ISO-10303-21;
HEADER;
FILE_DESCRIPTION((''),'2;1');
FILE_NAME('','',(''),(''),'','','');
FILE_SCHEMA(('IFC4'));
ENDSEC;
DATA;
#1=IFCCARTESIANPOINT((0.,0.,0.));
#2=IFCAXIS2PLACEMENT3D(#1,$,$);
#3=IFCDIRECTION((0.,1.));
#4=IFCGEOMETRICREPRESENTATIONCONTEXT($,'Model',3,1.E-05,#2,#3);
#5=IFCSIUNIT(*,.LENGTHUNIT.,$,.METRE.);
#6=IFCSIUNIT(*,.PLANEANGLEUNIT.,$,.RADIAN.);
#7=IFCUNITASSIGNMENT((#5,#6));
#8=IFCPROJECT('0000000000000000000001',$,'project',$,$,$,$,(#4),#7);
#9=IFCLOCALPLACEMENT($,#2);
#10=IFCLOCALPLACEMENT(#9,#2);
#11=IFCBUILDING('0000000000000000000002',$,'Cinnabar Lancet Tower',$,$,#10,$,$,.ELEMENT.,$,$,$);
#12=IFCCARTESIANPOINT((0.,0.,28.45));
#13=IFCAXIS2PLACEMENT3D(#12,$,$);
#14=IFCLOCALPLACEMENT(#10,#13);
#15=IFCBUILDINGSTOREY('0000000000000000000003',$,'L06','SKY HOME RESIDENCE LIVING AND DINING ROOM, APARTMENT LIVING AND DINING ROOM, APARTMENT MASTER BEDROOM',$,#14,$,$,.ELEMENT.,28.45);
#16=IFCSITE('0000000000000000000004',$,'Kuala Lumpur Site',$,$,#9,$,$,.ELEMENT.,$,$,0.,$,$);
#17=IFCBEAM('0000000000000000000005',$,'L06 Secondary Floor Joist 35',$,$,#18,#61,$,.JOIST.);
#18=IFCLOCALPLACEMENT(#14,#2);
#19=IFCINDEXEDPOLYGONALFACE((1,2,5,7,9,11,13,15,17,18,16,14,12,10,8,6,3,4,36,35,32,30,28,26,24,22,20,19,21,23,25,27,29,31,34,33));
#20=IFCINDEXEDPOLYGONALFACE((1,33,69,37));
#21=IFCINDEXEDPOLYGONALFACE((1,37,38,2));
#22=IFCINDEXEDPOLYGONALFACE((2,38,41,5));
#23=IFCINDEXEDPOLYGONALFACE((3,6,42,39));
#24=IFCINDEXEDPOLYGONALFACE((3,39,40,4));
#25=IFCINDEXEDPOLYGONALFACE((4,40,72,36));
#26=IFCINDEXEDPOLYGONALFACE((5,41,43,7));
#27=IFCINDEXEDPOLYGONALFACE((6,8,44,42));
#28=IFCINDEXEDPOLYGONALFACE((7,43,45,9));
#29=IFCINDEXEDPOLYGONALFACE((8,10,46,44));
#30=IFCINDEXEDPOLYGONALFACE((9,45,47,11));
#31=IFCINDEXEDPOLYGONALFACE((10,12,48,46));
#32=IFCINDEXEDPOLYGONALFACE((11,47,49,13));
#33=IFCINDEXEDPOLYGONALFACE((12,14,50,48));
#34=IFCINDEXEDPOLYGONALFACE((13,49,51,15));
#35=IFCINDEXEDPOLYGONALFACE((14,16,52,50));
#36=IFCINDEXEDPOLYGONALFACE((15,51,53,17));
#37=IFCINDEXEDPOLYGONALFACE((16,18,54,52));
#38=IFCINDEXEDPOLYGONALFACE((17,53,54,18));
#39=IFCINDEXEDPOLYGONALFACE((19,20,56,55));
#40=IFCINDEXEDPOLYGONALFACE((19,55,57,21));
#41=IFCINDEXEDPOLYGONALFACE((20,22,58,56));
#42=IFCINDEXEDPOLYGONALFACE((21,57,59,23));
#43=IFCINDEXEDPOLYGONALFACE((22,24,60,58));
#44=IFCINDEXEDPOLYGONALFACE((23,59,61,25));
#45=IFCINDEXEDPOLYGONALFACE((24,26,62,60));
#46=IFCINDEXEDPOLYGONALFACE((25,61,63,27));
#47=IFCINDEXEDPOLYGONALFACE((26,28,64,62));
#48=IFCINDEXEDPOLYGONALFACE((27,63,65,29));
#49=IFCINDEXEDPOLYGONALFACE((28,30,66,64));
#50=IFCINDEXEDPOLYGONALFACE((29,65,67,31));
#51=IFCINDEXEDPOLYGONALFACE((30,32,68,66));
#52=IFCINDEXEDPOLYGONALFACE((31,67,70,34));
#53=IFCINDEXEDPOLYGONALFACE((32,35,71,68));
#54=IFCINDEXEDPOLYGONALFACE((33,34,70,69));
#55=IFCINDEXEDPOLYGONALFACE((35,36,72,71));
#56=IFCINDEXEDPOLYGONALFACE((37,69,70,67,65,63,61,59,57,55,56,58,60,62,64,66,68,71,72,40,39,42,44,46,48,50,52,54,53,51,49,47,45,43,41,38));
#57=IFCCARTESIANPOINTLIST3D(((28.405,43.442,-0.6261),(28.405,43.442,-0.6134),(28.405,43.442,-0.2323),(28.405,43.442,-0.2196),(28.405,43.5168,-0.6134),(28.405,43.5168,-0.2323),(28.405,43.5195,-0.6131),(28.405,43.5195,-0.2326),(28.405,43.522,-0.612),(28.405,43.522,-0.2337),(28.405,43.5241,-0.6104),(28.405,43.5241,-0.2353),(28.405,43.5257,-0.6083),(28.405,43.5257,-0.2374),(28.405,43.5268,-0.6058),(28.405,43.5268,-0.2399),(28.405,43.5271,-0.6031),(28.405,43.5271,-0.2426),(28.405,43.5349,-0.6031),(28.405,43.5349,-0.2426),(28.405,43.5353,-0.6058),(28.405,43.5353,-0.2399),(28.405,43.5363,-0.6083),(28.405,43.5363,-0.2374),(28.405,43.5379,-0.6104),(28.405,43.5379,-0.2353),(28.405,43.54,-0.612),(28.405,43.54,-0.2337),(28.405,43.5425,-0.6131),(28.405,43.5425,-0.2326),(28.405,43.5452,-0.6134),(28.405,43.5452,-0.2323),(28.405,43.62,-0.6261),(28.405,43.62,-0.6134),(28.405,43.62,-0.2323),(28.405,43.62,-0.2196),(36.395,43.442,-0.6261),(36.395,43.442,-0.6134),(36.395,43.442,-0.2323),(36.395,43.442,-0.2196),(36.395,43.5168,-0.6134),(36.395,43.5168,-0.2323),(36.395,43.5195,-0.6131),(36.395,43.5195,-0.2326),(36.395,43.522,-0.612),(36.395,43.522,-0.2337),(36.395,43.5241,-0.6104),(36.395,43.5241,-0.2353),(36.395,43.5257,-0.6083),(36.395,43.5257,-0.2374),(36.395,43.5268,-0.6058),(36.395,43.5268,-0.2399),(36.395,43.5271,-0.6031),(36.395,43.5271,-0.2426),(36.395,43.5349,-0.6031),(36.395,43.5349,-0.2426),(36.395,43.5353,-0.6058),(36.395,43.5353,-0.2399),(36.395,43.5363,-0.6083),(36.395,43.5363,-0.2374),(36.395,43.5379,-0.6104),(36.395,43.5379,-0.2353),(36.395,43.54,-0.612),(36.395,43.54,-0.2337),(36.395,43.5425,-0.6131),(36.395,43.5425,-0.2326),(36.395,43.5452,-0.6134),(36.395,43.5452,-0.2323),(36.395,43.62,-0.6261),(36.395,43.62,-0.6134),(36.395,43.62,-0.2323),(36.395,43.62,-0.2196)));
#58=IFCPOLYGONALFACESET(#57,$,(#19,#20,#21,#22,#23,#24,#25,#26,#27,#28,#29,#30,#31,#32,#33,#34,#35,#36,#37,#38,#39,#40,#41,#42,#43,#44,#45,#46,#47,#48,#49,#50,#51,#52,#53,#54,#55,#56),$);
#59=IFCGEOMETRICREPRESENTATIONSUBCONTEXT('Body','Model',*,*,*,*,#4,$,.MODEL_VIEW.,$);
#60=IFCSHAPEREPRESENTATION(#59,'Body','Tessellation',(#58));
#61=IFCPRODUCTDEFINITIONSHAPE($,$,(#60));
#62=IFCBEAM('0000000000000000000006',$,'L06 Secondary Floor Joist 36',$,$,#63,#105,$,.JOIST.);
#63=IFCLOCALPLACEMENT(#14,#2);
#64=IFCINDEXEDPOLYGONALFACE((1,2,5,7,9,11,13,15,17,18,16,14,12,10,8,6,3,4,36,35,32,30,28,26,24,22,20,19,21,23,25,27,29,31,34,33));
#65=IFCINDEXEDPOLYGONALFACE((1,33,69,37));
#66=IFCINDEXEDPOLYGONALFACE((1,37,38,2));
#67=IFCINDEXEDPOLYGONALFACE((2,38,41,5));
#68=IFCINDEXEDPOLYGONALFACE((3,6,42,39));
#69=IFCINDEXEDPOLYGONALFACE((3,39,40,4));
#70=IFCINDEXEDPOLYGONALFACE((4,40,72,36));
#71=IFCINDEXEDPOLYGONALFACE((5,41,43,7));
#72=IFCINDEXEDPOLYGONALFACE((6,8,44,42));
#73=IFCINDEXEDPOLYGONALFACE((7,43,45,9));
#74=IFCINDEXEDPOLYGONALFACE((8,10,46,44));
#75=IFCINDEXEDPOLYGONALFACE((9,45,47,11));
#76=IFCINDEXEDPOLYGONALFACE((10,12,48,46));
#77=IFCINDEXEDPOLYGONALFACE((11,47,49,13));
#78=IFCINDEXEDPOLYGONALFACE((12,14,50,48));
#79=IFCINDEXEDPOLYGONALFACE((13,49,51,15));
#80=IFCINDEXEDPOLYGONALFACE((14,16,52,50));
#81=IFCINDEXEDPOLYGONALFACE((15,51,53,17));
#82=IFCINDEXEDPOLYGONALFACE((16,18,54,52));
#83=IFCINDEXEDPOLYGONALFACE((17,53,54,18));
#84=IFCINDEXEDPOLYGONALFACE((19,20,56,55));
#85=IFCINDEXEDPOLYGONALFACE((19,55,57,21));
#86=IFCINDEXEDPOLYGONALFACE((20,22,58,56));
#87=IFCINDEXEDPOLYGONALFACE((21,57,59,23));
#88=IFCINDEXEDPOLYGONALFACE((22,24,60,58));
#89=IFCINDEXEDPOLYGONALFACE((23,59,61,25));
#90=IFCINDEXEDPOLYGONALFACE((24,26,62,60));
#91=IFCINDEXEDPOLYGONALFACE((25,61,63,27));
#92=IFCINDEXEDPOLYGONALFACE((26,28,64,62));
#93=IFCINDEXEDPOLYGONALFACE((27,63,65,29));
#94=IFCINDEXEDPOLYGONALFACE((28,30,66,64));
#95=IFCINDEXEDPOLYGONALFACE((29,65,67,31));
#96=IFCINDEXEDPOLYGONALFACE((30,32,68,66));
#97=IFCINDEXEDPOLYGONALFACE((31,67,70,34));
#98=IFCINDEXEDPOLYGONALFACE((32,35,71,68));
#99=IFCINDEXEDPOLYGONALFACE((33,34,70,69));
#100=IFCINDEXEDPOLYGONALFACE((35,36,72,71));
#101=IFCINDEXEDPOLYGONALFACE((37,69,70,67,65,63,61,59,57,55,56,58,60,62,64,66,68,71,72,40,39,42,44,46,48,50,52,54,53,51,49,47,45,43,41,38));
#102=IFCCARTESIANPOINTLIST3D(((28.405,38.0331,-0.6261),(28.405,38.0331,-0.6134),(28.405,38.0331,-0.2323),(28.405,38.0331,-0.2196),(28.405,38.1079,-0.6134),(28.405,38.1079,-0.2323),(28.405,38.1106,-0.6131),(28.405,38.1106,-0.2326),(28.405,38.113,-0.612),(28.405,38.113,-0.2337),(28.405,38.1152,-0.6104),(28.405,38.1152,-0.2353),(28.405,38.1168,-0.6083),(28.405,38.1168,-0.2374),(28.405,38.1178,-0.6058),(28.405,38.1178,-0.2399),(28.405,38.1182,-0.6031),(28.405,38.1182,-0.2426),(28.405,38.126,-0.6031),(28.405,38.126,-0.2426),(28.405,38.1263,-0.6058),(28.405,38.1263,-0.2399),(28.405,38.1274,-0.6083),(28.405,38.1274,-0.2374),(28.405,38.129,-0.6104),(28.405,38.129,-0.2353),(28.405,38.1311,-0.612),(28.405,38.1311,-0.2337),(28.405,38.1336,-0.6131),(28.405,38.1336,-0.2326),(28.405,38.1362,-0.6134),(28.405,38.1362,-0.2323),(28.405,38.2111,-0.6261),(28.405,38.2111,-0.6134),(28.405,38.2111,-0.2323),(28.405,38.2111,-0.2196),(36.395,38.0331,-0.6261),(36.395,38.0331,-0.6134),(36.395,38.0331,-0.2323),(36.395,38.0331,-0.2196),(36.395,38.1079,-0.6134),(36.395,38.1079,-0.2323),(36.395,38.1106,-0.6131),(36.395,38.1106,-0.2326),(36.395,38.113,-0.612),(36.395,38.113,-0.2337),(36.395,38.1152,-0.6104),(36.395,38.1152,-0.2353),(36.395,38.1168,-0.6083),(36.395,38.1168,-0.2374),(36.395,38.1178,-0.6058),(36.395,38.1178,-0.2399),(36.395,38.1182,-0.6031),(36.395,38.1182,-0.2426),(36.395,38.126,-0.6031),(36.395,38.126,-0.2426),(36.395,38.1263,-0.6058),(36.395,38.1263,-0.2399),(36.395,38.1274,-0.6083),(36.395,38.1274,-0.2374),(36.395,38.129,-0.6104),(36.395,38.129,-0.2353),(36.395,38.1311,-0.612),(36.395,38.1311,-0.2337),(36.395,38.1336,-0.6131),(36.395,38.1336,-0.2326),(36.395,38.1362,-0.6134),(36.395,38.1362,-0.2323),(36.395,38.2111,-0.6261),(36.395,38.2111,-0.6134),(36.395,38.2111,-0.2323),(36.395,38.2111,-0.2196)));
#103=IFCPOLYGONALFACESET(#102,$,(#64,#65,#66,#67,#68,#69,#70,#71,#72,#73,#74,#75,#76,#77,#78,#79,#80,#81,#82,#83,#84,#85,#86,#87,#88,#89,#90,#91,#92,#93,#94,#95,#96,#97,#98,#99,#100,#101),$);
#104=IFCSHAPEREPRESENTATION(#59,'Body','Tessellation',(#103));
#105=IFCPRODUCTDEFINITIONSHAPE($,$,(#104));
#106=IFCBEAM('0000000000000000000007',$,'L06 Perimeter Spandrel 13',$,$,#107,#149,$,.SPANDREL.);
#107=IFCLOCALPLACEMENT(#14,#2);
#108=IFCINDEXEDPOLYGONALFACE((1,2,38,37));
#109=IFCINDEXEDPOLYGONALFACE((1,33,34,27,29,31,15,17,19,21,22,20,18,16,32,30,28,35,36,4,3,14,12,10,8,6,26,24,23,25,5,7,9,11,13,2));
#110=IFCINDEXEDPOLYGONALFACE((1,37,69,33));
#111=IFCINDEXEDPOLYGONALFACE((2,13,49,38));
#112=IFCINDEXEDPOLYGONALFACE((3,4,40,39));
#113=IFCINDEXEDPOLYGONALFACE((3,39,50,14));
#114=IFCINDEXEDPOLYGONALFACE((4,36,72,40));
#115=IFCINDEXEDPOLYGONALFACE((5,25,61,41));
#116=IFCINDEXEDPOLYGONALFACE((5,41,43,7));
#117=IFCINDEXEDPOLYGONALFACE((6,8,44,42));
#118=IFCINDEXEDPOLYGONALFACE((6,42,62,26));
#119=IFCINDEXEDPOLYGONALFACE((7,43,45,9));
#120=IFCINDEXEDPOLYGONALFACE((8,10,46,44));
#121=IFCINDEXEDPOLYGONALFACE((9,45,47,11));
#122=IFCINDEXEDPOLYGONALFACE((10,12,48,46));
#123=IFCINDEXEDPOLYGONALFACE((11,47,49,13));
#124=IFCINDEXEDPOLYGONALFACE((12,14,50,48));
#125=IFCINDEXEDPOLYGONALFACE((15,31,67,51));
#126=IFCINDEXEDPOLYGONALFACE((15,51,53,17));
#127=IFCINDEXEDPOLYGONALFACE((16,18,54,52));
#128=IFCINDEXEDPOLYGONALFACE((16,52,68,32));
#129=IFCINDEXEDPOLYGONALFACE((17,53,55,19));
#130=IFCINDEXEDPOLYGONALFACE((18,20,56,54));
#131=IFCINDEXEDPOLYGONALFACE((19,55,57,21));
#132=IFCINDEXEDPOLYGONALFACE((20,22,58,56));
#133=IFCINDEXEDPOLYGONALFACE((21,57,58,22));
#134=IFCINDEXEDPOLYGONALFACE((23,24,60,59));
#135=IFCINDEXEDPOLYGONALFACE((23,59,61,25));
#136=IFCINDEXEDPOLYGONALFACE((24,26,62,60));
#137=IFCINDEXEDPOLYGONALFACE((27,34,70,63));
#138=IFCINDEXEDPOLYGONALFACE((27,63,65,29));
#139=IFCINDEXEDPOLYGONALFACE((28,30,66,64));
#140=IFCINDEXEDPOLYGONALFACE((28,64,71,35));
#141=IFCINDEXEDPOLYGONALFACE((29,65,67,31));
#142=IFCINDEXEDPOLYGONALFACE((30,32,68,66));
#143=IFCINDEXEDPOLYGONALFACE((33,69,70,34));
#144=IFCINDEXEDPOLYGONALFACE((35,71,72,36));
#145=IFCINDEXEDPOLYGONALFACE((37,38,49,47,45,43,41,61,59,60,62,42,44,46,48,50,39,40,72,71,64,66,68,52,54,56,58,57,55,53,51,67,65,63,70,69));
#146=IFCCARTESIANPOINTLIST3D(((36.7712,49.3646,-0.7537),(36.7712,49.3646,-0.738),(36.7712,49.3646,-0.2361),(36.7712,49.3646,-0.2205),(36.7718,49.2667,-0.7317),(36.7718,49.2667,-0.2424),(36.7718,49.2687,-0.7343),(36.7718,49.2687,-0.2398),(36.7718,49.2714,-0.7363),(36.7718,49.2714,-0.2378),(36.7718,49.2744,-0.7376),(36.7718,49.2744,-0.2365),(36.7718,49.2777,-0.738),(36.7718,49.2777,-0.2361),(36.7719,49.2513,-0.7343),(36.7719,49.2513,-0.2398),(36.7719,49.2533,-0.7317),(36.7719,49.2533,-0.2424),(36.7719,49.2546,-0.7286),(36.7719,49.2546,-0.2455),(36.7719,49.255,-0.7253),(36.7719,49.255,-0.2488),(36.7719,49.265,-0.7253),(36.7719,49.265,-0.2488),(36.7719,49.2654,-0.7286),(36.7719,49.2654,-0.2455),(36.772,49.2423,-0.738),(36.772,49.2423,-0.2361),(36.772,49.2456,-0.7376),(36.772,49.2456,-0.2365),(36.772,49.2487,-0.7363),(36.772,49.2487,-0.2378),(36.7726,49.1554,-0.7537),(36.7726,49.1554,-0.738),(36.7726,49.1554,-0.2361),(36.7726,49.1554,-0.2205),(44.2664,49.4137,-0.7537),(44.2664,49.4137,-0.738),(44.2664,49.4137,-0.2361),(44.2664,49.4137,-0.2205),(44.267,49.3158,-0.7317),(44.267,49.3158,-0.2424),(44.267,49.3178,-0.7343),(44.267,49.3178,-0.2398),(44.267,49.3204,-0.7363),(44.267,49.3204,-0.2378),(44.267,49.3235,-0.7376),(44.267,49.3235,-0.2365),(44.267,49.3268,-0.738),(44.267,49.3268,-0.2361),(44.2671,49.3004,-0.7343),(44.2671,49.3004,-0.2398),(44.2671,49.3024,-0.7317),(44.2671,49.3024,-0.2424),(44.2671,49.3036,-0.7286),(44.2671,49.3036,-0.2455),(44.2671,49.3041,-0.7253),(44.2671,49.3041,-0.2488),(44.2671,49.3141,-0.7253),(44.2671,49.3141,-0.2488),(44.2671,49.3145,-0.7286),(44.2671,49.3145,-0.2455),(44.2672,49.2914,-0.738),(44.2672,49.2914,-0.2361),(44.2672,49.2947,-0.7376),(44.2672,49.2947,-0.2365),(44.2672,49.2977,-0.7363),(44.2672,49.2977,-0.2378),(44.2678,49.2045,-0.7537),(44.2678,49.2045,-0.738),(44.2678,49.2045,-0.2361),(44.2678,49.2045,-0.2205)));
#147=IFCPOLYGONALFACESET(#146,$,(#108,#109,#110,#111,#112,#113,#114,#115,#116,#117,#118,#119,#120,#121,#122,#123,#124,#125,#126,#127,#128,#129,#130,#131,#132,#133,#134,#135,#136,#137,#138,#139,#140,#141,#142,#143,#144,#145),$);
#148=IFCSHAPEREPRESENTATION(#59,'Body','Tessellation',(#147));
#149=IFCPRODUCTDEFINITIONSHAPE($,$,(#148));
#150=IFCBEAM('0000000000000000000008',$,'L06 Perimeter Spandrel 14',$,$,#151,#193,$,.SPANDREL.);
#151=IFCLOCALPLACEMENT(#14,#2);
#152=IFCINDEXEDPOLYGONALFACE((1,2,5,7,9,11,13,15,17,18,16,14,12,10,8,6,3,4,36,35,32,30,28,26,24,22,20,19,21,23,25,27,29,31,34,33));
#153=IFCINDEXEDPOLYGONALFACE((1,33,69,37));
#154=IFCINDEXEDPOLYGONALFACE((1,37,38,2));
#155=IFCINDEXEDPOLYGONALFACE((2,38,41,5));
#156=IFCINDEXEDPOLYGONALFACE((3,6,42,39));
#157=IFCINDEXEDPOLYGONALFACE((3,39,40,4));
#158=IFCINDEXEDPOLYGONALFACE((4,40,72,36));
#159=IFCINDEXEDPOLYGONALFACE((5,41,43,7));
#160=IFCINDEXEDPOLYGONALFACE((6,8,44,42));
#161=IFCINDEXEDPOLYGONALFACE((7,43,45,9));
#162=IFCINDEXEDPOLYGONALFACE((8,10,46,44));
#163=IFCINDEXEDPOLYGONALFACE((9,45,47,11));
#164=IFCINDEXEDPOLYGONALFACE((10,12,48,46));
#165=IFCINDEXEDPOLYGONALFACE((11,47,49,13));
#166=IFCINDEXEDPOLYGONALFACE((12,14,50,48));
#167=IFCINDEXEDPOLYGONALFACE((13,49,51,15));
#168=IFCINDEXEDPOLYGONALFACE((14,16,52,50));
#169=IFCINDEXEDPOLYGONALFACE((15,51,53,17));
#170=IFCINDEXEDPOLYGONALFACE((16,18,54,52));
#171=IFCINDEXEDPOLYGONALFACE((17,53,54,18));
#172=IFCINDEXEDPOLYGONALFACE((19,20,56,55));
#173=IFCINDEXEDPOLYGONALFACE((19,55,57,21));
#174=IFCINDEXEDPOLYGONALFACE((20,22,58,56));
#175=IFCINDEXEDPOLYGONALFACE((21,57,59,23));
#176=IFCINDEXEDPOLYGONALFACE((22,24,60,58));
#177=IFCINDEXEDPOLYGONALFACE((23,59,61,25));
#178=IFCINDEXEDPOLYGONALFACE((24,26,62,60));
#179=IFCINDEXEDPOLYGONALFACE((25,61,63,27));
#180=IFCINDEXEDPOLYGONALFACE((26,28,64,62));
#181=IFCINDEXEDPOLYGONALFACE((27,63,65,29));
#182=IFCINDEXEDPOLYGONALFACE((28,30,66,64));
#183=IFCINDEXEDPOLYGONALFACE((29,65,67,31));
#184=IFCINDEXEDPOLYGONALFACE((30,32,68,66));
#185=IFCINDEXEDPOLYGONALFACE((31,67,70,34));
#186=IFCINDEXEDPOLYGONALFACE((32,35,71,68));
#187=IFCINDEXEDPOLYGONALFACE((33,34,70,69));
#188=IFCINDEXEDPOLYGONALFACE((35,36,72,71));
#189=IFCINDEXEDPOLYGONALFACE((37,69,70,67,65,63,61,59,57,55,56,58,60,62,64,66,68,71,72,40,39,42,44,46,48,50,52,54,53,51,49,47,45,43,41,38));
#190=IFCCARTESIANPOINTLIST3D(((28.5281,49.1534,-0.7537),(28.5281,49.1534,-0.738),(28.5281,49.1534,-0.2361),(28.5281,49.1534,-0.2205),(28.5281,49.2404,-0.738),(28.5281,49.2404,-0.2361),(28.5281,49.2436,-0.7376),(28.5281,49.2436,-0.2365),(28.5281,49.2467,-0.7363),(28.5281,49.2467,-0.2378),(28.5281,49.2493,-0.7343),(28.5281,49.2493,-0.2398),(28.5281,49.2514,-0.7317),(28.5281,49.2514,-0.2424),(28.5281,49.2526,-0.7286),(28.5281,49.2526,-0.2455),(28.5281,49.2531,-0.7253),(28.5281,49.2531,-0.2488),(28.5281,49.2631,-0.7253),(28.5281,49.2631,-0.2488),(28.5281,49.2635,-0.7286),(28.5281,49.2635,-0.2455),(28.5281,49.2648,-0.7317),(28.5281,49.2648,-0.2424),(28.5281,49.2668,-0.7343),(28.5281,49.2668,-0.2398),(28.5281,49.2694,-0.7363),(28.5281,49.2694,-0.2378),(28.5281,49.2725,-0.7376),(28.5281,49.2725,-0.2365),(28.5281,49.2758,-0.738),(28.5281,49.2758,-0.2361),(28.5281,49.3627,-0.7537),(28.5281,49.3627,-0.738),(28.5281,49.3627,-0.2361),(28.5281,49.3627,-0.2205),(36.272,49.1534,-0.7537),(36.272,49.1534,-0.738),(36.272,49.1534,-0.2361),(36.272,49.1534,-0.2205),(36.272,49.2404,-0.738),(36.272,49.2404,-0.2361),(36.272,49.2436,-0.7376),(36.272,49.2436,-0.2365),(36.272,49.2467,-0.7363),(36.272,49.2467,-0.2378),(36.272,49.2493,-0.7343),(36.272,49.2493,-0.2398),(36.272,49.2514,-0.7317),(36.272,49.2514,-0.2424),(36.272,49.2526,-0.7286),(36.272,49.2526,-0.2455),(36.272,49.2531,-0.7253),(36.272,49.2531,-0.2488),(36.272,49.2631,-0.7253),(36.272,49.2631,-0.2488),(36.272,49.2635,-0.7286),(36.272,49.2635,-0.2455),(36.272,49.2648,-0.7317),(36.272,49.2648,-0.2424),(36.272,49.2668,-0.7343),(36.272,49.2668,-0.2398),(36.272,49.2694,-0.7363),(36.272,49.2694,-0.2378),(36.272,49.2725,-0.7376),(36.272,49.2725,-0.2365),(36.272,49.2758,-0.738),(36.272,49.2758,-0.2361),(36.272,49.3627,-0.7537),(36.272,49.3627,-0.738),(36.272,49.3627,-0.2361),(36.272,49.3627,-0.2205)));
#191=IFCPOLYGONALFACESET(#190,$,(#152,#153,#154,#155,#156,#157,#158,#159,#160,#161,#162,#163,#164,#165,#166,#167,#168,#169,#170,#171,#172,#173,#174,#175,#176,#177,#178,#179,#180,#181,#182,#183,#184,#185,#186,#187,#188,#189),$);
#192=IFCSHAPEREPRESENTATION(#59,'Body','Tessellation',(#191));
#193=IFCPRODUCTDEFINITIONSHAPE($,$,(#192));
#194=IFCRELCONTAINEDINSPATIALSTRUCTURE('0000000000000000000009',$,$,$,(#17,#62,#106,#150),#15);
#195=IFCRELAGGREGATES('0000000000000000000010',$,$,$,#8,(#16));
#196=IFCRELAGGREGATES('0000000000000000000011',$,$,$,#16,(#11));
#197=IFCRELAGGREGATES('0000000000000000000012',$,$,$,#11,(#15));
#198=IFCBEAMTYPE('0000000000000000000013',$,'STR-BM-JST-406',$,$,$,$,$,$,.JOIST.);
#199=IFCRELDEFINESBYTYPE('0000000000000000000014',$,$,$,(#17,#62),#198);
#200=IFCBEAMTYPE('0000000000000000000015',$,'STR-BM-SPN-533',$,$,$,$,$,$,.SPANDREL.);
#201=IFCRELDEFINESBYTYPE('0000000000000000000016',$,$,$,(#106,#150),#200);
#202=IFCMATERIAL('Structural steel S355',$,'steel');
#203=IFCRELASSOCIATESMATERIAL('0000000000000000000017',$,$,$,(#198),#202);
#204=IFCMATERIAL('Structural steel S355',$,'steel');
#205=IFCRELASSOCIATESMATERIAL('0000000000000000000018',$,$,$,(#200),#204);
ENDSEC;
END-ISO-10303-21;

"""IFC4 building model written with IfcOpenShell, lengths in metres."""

from ifc_helpers import new_model, si_unit, direction, frame, origin, origin_2d, place, context, subcontext, project, spatial, i_section, extrude, material, material_profile, profile_set, type_object, element, save


model = new_model("IFC4")

# Units and contexts
model_context = context("Model", 3, precision=1e-05, world=origin(), true_north=direction((0.0, 1.0)))
body_context = subcontext(model_context, "Body", "Model", "MODEL_VIEW")
ifc_project = project(units=[si_unit("LENGTHUNIT", "METRE"), si_unit("PLANEANGLEUNIT", "RADIAN")], contexts=[model_context])

# Site, building, storey
site_placement = place(None, origin())
site = spatial("IfcSite", under=ifc_project, at=site_placement, Name="Kuala Lumpur Site", CompositionType="ELEMENT", RefElevation=0.0)
building_placement = place(site_placement, origin())
building = spatial("IfcBuilding", under=site, at=building_placement, Name="Cinnabar Lancet Tower", CompositionType="ELEMENT")
storey_placement = place(building_placement, frame((0.0, 0.0, 28.45)))
storey = spatial("IfcBuildingStorey", under=building, at=storey_placement, Name="L06", Description="SKY HOME RESIDENCE LIVING AND DINING ROOM, APARTMENT LIVING AND DINING ROOM, APARTMENT MASTER BEDROOM", CompositionType="ELEMENT", Elevation=28.45)

# Beams
ifc_material_1 = material(Name="Structural steel S355", Category="steel")
ifc_material_profile_1 = material_profile(ifc_material_1, i_section(OverallWidth=0.178, OverallDepth=0.4065, WebThickness=0.0078, FlangeThickness=0.0127, FilletRadius=0.0103, at=origin_2d()), Name="UKB 406x178x60")
ifc_profile_set_1 = profile_set([ifc_material_profile_1], Name="Structural steel S355")
beam_type_1 = type_object("IfcBeamType", Name="STR-BM-JST-406", PredefinedType="JOIST", material=ifc_profile_set_1)
for number, where, z_axis, x_axis, name in (
    (1, (36.395, 43.531, -0.4229), (-1.0, 0.0, 0.0), (0.0, -1.0, 0.0), "L06 Secondary Floor Joist 35"),
    (2, (36.395, 38.1221, -0.4229), (-1.0, 0.0, 0.0), (0.0, -1.0, 0.0), "L06 Secondary Floor Joist 36"),
):
    element("IfcBeam", number, at=place(storey_placement, frame(where, z_axis=z_axis, x_axis=x_axis)), inside=storey, type_object=beam_type_1, Name=name, PredefinedType="JOIST", context=body_context, shape_type="SweptSolid", body=[
        extrude(i_section(OverallWidth=0.178, OverallDepth=0.4065, WebThickness=0.0078, FlangeThickness=0.0127, FilletRadius=0.0103, at=origin_2d()), origin(), (0.0, 0.0, 1.0), 7.99),
    ])
ifc_material_2 = material(Name="Structural steel S355", Category="steel")
ifc_material_profile_2 = material_profile(ifc_material_2, i_section(OverallWidth=0.2092, OverallDepth=0.5332, WebThickness=0.01, FlangeThickness=0.0156, FilletRadius=0.0127, at=origin_2d()), Name="UKB 533x210x92")
ifc_profile_set_2 = profile_set([ifc_material_profile_2], Name="Structural steel S355")
beam_type_2 = type_object("IfcBeamType", Name="STR-BM-SPN-533", PredefinedType="SPANDREL", material=ifc_profile_set_2)
beam_1_placement = place(storey_placement, frame((44.2671, 49.3091, -0.4871), z_axis=(-0.999979, -0.006547, 0.0), x_axis=(0.006547, -0.999979, 0.0)))
element("IfcBeam", 3, at=beam_1_placement, inside=storey, type_object=beam_type_2, Name="L06 Perimeter Spandrel 13", PredefinedType="SPANDREL", context=body_context, shape_type="SweptSolid", body=[
    extrude(i_section(OverallWidth=0.2092, OverallDepth=0.5332, WebThickness=0.01, FlangeThickness=0.0156, FilletRadius=0.0127, at=origin_2d()), origin(), (0.0, 0.0, 1.0), 7.4954),
])
beam_2_placement = place(storey_placement, frame((36.272, 49.2581, -0.4871), z_axis=(-1.0, 0.0, 0.0), x_axis=(0.0, -1.0, 0.0)))
element("IfcBeam", 4, at=beam_2_placement, inside=storey, type_object=beam_type_2, Name="L06 Perimeter Spandrel 14", PredefinedType="SPANDREL", context=body_context, shape_type="SweptSolid", body=[
    extrude(i_section(OverallWidth=0.2092, OverallDepth=0.5332, WebThickness=0.01, FlangeThickness=0.0156, FilletRadius=0.0127, at=origin_2d()), origin(), (0.0, 0.0, 1.0), 7.7439),
])

save(model, "model.ifc")
